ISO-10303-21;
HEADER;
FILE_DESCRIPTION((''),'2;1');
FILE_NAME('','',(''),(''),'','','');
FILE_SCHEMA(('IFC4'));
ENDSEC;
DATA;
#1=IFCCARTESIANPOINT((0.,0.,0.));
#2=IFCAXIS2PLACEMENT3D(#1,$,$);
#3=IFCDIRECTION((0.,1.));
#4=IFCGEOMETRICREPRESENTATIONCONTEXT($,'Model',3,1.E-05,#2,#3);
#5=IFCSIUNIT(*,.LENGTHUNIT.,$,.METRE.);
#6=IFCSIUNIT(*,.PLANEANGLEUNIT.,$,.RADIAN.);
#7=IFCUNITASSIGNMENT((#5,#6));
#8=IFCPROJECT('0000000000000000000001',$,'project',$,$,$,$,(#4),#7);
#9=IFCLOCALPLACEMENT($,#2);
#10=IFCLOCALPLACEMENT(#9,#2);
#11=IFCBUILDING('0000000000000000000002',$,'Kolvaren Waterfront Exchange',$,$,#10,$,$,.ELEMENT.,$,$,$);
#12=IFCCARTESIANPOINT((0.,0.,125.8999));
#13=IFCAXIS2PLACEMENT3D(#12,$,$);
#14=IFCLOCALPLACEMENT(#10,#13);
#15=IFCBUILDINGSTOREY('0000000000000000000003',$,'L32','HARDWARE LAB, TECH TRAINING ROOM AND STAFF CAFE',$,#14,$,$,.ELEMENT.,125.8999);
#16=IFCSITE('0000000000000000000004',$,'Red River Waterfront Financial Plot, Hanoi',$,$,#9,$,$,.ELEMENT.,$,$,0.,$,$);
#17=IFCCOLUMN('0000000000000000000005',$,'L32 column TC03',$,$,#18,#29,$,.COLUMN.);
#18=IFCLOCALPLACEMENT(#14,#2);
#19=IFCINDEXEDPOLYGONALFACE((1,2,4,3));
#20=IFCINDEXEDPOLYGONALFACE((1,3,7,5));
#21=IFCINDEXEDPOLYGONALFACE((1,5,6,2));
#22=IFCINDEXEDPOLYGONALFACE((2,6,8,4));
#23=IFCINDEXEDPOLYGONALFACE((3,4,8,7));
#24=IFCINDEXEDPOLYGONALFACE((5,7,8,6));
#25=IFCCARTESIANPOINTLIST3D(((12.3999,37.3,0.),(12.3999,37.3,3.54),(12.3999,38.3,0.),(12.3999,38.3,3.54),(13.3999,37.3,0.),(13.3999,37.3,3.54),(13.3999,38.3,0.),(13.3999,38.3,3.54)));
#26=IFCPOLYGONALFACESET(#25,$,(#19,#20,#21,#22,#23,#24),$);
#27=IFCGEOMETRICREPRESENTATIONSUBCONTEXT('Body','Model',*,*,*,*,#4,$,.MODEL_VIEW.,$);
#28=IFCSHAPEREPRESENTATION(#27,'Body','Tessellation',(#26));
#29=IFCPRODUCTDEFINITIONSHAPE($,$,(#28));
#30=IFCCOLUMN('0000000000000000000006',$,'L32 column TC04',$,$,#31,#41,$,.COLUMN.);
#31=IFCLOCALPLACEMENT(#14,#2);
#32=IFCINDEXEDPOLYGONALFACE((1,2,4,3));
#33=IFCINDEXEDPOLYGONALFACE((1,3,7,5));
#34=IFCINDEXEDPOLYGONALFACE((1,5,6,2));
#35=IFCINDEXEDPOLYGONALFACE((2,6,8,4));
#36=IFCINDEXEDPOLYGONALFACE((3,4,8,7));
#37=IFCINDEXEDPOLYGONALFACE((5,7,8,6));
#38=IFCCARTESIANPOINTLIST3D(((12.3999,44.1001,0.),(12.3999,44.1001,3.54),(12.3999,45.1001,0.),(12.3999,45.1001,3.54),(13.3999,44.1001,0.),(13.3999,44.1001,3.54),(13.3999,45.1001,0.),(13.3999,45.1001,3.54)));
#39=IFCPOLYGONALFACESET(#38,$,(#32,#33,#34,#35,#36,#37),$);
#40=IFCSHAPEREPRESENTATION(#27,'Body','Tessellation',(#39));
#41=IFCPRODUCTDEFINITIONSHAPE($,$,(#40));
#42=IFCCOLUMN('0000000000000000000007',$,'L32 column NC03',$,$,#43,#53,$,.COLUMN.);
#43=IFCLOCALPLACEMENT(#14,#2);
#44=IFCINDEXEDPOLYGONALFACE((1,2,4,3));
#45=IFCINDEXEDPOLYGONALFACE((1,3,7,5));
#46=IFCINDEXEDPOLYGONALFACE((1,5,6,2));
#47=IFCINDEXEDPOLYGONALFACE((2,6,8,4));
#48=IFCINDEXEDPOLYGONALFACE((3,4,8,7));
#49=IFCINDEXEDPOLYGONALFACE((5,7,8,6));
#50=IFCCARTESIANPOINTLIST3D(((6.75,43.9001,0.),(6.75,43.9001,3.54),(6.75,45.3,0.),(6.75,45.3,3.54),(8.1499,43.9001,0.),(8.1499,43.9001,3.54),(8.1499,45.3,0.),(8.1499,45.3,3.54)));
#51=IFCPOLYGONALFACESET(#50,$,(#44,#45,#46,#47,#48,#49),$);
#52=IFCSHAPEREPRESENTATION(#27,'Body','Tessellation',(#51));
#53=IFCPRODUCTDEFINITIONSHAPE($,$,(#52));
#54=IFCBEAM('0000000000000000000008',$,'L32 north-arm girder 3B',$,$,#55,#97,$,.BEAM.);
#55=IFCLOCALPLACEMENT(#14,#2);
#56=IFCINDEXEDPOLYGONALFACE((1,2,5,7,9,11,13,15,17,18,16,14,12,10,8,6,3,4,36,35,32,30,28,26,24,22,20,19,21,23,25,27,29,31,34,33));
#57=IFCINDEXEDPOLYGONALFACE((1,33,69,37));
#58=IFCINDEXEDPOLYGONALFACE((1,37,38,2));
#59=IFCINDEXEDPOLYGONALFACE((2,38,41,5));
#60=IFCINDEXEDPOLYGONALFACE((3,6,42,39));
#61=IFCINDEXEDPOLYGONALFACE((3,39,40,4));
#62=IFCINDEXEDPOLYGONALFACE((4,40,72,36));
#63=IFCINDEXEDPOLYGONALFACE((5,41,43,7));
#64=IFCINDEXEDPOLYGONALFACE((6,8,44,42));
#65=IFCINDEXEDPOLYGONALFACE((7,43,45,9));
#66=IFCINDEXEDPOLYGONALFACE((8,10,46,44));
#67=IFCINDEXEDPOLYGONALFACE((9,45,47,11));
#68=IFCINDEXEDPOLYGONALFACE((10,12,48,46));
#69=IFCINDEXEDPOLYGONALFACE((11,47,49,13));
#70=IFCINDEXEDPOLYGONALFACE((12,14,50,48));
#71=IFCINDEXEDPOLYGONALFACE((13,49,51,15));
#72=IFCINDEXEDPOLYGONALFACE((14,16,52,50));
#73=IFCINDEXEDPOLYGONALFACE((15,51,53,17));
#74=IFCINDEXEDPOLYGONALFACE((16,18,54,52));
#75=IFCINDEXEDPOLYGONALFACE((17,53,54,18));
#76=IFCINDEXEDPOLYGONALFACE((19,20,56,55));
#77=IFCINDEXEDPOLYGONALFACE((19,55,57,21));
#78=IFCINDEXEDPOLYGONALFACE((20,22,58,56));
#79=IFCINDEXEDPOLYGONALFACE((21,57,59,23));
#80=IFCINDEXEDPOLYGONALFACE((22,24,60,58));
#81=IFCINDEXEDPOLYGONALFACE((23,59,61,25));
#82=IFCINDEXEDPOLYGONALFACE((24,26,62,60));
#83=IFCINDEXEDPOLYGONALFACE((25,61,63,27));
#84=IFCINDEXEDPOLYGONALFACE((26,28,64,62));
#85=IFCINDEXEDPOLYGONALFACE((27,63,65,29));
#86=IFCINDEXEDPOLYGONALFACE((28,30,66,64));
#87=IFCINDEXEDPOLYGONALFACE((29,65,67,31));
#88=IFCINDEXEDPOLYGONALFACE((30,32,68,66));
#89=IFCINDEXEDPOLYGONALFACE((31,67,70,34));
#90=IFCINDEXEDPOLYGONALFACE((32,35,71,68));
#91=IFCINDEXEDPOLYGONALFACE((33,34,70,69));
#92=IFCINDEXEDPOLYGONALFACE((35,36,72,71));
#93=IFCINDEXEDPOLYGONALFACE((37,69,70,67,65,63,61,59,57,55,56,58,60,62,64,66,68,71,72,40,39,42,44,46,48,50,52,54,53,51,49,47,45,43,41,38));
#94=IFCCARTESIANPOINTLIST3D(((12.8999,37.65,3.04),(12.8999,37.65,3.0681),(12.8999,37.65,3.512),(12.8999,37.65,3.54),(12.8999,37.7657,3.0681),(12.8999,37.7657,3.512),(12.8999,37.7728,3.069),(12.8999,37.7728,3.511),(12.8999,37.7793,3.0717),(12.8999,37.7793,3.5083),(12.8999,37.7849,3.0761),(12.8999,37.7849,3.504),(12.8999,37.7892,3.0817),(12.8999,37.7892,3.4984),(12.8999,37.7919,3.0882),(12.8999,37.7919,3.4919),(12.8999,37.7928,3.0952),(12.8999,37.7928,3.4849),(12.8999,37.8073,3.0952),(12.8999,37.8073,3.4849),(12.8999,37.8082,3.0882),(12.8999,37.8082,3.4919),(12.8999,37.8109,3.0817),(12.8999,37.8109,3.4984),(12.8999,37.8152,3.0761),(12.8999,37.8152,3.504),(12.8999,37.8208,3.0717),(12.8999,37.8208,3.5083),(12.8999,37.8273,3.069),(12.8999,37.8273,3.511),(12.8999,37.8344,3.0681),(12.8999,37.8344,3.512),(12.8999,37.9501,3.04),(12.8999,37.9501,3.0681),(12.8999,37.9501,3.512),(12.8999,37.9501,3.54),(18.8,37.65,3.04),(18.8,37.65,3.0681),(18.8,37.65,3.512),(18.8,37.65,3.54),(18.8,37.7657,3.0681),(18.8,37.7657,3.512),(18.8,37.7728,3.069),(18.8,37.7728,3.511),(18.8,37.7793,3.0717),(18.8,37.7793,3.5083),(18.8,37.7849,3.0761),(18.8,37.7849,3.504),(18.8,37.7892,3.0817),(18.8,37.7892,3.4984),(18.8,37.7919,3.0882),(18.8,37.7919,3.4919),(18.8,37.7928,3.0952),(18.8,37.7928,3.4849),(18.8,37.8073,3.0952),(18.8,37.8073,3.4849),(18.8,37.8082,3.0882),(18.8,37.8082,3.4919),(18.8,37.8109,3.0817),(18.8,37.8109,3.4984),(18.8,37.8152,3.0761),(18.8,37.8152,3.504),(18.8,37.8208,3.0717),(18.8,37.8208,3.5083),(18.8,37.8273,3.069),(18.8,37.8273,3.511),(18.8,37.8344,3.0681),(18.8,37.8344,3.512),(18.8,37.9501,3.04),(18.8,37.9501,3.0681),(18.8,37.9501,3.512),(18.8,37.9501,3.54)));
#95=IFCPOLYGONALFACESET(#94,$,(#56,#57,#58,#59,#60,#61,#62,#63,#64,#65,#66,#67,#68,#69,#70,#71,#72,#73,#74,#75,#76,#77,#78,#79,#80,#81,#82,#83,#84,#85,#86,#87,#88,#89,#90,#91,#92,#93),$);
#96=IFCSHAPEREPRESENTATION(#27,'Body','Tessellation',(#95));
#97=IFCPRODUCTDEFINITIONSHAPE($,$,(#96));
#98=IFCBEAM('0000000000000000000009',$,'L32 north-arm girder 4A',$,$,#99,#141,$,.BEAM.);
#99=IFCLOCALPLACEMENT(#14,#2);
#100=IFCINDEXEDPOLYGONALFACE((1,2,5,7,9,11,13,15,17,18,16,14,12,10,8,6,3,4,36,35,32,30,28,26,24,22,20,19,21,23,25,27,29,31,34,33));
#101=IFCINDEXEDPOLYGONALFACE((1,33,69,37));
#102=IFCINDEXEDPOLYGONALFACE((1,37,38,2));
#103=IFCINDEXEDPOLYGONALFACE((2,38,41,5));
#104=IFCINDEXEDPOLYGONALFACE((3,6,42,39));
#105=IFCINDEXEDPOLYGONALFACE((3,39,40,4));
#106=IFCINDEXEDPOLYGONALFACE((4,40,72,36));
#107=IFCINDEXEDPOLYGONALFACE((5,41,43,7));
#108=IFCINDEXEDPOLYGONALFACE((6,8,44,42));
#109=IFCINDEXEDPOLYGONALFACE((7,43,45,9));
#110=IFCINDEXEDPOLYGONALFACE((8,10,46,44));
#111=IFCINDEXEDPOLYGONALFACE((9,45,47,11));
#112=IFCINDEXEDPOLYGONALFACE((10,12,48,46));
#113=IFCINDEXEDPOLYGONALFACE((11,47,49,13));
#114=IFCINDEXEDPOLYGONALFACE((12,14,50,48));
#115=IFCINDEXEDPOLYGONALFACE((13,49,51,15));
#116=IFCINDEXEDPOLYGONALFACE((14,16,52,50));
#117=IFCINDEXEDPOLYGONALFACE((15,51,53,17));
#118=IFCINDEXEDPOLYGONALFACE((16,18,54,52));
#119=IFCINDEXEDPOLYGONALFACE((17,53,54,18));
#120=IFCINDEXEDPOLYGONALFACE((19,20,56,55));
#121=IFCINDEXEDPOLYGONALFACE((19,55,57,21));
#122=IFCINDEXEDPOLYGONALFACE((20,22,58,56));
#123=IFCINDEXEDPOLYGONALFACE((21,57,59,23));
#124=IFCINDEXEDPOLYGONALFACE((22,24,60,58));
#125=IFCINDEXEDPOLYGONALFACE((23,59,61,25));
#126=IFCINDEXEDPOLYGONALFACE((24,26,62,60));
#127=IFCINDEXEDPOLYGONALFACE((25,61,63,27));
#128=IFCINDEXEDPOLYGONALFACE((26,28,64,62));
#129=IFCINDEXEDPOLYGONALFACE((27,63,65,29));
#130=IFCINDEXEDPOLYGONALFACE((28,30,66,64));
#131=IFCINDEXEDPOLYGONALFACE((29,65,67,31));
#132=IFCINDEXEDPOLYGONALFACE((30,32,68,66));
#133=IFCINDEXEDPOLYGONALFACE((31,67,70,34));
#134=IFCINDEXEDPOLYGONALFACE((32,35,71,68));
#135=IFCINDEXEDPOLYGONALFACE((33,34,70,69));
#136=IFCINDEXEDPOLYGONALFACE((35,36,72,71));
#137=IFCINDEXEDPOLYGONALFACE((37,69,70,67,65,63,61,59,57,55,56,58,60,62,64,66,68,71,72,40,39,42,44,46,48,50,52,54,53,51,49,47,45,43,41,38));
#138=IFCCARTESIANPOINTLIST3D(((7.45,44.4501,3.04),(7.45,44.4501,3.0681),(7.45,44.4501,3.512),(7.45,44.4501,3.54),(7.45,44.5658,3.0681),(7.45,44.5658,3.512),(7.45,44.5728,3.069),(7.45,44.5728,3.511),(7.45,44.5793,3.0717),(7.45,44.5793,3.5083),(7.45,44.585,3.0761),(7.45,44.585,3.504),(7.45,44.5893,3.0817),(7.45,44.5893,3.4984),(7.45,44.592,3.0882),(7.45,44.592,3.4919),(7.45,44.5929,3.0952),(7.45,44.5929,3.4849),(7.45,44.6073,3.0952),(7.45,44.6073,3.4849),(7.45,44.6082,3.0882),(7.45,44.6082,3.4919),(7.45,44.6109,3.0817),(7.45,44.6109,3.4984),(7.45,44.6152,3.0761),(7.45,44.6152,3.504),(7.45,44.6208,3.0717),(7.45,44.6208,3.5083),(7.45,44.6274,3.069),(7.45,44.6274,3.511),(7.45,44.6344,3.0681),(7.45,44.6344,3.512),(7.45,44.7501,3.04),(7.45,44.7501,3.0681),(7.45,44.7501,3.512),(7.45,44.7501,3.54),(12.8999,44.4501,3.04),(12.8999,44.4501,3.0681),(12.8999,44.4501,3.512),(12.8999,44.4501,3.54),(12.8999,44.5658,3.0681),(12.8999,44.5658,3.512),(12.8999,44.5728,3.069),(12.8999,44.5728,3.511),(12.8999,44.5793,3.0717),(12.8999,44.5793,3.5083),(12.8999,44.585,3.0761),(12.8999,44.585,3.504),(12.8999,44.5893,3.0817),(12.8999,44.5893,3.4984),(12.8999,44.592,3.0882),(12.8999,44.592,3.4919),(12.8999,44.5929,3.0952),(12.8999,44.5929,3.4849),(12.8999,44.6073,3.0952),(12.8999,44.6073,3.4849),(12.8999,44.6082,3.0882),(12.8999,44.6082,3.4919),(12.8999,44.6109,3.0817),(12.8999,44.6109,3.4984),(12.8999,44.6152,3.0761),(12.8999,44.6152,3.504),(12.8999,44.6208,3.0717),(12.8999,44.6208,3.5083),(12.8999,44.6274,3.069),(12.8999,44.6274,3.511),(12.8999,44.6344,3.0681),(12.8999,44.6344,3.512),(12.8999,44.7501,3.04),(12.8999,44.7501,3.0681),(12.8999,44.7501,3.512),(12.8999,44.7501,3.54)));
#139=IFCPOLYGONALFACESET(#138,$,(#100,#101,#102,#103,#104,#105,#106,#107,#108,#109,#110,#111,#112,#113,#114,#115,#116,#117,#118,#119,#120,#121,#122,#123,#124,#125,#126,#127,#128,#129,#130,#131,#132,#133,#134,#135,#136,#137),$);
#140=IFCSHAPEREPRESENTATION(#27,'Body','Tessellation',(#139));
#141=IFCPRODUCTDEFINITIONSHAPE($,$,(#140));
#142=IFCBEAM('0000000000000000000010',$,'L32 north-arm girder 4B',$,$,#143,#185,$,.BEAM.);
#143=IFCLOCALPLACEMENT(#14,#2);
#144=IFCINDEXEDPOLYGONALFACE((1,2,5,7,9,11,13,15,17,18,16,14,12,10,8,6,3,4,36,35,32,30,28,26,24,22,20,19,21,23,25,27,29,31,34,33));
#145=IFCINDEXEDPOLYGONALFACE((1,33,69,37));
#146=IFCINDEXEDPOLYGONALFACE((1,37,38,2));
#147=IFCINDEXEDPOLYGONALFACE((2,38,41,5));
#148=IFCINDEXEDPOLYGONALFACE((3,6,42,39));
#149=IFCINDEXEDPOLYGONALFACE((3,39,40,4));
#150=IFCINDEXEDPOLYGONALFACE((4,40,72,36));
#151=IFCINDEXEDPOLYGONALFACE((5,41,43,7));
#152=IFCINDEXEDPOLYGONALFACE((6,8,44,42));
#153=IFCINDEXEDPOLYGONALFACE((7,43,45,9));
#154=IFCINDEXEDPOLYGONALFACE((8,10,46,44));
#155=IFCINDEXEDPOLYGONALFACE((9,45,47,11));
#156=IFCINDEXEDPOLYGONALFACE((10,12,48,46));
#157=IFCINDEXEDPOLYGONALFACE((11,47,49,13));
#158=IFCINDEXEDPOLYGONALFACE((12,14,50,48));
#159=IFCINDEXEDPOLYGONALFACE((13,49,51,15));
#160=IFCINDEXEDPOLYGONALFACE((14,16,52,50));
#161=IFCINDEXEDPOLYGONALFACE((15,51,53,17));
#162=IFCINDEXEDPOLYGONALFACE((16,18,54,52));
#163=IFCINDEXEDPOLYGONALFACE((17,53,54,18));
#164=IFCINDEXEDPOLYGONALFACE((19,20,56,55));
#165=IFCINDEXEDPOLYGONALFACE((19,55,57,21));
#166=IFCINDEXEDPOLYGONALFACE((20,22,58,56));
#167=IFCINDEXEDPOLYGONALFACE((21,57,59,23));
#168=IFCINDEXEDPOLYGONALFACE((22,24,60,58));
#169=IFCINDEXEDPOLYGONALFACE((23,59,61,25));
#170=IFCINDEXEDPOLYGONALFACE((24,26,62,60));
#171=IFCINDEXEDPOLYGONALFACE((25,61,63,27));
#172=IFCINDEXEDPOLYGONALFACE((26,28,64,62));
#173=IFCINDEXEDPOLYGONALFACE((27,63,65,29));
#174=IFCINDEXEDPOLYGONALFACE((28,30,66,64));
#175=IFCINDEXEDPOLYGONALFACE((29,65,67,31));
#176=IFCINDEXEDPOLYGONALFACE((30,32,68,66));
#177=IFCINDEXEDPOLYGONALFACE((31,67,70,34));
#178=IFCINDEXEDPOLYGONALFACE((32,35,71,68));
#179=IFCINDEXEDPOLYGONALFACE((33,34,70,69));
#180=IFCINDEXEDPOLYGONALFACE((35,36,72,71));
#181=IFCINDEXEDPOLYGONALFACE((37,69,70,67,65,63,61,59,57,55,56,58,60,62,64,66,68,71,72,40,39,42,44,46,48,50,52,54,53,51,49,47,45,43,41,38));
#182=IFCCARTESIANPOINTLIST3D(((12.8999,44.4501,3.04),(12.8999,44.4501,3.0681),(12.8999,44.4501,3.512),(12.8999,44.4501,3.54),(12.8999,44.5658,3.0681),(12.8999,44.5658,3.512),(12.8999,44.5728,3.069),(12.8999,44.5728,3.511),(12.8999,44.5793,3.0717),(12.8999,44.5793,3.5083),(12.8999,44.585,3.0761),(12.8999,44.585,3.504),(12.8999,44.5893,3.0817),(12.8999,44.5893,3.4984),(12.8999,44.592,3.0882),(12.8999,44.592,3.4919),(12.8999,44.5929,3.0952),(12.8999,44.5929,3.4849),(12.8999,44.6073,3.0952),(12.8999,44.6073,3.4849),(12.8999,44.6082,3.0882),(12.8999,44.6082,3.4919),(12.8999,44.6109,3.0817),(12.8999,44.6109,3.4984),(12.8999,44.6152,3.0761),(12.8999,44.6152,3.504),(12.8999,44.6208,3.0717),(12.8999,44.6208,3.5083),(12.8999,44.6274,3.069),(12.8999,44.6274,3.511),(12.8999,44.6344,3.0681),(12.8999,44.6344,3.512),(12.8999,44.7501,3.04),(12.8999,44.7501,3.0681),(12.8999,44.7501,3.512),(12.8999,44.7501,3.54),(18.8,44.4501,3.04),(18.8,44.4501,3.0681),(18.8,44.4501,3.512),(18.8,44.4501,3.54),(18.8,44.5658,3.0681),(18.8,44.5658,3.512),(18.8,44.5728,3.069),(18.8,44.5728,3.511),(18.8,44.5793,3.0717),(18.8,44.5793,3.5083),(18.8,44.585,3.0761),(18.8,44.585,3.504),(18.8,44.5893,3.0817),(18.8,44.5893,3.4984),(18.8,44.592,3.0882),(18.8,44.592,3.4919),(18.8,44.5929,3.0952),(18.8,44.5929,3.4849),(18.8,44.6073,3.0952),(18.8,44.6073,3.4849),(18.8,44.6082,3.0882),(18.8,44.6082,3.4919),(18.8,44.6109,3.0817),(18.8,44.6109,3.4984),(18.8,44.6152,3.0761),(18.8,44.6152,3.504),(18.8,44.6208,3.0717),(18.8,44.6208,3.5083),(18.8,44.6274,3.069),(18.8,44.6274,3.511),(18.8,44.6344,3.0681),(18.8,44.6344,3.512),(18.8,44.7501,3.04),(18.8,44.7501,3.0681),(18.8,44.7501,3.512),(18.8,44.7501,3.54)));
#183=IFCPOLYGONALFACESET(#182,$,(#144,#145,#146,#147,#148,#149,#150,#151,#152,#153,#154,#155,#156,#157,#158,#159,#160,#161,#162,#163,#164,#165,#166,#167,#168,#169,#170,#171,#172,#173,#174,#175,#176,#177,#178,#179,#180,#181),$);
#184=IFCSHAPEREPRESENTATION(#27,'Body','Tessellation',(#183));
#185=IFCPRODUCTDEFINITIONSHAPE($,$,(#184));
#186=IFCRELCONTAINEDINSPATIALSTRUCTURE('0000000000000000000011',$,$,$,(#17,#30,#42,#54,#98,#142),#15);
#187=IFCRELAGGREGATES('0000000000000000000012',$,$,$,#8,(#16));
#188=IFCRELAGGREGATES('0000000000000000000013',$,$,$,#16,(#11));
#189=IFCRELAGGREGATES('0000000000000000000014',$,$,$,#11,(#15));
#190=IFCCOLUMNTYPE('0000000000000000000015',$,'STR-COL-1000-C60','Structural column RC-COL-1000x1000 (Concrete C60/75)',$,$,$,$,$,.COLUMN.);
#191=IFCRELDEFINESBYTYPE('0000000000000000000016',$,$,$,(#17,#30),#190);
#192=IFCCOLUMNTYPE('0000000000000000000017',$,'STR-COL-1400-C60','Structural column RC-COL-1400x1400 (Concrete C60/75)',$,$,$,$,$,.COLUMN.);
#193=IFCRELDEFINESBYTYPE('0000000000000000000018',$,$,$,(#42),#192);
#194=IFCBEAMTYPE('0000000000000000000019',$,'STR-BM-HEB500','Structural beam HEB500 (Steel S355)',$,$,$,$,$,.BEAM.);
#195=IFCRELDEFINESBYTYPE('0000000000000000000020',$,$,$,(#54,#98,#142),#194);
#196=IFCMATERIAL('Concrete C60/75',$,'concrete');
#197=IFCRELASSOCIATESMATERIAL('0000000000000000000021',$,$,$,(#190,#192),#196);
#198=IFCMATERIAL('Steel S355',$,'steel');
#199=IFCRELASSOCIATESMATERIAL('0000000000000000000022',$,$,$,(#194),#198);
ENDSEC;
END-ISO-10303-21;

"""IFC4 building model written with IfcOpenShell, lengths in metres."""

from ifc_helpers import new_model, si_unit, direction, frame, origin, origin_2d, place, context, subcontext, project, spatial, rectangle, i_section, extrude, material, material_profile, profile_set, type_object, element, save


model = new_model("IFC4")

# Units and contexts
model_context = context("Model", 3, precision=1e-05, world=origin(), true_north=direction((0.0, 1.0)))
body_context = subcontext(model_context, "Body", "Model", "MODEL_VIEW")
ifc_project = project(units=[si_unit("LENGTHUNIT", "METRE"), si_unit("PLANEANGLEUNIT", "RADIAN")], contexts=[model_context])

# Site, building, storey
site_placement = place(None, origin())
site = spatial("IfcSite", under=ifc_project, at=site_placement, Name="Red River Waterfront Financial Plot, Hanoi", CompositionType="ELEMENT", RefElevation=0.0)
building_placement = place(site_placement, origin())
building = spatial("IfcBuilding", under=site, at=building_placement, Name="Kolvaren Waterfront Exchange", CompositionType="ELEMENT")
storey_placement = place(building_placement, frame((0.0, 0.0, 125.8999)))
storey = spatial("IfcBuildingStorey", under=building, at=storey_placement, Name="L32", Description="HARDWARE LAB, TECH TRAINING ROOM AND STAFF CAFE", CompositionType="ELEMENT", Elevation=125.8999)

# Columns
ifc_material_1 = material(Name="Concrete C60/75", Category="concrete")
ifc_material_profile_1 = material_profile(ifc_material_1, rectangle(XDim=1.0, YDim=1.0, at=origin_2d()), Name="RC-COL-1000x1000")
ifc_profile_set_1 = profile_set([ifc_material_profile_1], Name="Concrete C60/75")
column_type_1 = type_object("IfcColumnType", Name="STR-COL-1000-C60", Description="Structural column RC-COL-1000x1000 (Concrete C60/75)", PredefinedType="COLUMN", material=ifc_profile_set_1)
for number, where, z_axis, x_axis, name in (
    (1, (12.8999, 37.8, 0.0), (0.0, 0.0, 1.0), (1.0, 0.0, 0.0), "L32 column TC03"),
    (2, (12.8999, 44.6001, 0.0), (0.0, 0.0, 1.0), (1.0, 0.0, 0.0), "L32 column TC04"),
):
    element("IfcColumn", number, at=place(storey_placement, frame(where, z_axis=z_axis, x_axis=x_axis)), inside=storey, type_object=column_type_1, Name=name, PredefinedType="COLUMN", context=body_context, shape_type="SweptSolid", body=[
        extrude(rectangle(XDim=1.0, YDim=1.0, at=origin_2d()), origin(), (0.0, 0.0, 1.0), 3.54),
    ])
ifc_material_profile_2 = material_profile(ifc_material_1, rectangle(XDim=1.3999, YDim=1.3999, at=origin_2d()), Name="RC-COL-1400x1400")
ifc_profile_set_2 = profile_set([ifc_material_profile_2], Name="Concrete C60/75")
column_type_2 = type_object("IfcColumnType", Name="STR-COL-1400-C60", Description="Structural column RC-COL-1400x1400 (Concrete C60/75)", PredefinedType="COLUMN", material=ifc_profile_set_2)
column_placement = place(storey_placement, frame((7.45, 44.6001, 0.0), z_axis=(0.0, 0.0, 1.0), x_axis=(1.0, 0.0, 0.0)))
element("IfcColumn", 3, at=column_placement, inside=storey, type_object=column_type_2, Name="L32 column NC03", PredefinedType="COLUMN", context=body_context, shape_type="SweptSolid", body=[
    extrude(rectangle(XDim=1.3999, YDim=1.3999, at=origin_2d()), origin(), (0.0, 0.0, 1.0), 3.54),
])

# Beams
ifc_material_2 = material(Name="Steel S355", Category="steel")
ifc_material_profile_3 = material_profile(ifc_material_2, i_section(OverallWidth=0.3, OverallDepth=0.5, WebThickness=0.0144, FlangeThickness=0.0281, FilletRadius=0.0271, at=origin_2d()), Name="HEB500")
ifc_profile_set_3 = profile_set([ifc_material_profile_3], Name="Steel S355")
beam_type_1 = type_object("IfcBeamType", Name="STR-BM-HEB500", Description="Structural beam HEB500 (Steel S355)", PredefinedType="BEAM", material=ifc_profile_set_3)
beam_1_placement = place(storey_placement, frame((12.8999, 37.8, 3.29), z_axis=(1.0, 0.0, 0.0), x_axis=(0.0, 1.0, 0.0)))
element("IfcBeam", 4, at=beam_1_placement, inside=storey, type_object=beam_type_1, Name="L32 north-arm girder 3B", PredefinedType="BEAM", context=body_context, shape_type="SweptSolid", body=[
    extrude(i_section(OverallWidth=0.3, OverallDepth=0.5, WebThickness=0.0144, FlangeThickness=0.0281, FilletRadius=0.0271, at=origin_2d()), origin(), (0.0, 0.0, 1.0), 5.9001),
])
beam_2_placement = place(storey_placement, frame((7.45, 44.6001, 3.29), z_axis=(1.0, 0.0, 0.0), x_axis=(0.0, 1.0, 0.0)))
element("IfcBeam", 5, at=beam_2_placement, inside=storey, type_object=beam_type_1, Name="L32 north-arm girder 4A", PredefinedType="BEAM", context=body_context, shape_type="SweptSolid", body=[
    extrude(i_section(OverallWidth=0.3, OverallDepth=0.5, WebThickness=0.0144, FlangeThickness=0.0281, FilletRadius=0.0271, at=origin_2d()), origin(), (0.0, 0.0, 1.0), 5.45),
])
beam_3_placement = place(storey_placement, frame((12.8999, 44.6001, 3.29), z_axis=(1.0, 0.0, 0.0), x_axis=(0.0, 1.0, 0.0)))
element("IfcBeam", 6, at=beam_3_placement, inside=storey, type_object=beam_type_1, Name="L32 north-arm girder 4B", PredefinedType="BEAM", context=body_context, shape_type="SweptSolid", body=[
    extrude(i_section(OverallWidth=0.3, OverallDepth=0.5, WebThickness=0.0144, FlangeThickness=0.0281, FilletRadius=0.0271, at=origin_2d()), origin(), (0.0, 0.0, 1.0), 5.9001),
])

save(model, "model.ifc")
